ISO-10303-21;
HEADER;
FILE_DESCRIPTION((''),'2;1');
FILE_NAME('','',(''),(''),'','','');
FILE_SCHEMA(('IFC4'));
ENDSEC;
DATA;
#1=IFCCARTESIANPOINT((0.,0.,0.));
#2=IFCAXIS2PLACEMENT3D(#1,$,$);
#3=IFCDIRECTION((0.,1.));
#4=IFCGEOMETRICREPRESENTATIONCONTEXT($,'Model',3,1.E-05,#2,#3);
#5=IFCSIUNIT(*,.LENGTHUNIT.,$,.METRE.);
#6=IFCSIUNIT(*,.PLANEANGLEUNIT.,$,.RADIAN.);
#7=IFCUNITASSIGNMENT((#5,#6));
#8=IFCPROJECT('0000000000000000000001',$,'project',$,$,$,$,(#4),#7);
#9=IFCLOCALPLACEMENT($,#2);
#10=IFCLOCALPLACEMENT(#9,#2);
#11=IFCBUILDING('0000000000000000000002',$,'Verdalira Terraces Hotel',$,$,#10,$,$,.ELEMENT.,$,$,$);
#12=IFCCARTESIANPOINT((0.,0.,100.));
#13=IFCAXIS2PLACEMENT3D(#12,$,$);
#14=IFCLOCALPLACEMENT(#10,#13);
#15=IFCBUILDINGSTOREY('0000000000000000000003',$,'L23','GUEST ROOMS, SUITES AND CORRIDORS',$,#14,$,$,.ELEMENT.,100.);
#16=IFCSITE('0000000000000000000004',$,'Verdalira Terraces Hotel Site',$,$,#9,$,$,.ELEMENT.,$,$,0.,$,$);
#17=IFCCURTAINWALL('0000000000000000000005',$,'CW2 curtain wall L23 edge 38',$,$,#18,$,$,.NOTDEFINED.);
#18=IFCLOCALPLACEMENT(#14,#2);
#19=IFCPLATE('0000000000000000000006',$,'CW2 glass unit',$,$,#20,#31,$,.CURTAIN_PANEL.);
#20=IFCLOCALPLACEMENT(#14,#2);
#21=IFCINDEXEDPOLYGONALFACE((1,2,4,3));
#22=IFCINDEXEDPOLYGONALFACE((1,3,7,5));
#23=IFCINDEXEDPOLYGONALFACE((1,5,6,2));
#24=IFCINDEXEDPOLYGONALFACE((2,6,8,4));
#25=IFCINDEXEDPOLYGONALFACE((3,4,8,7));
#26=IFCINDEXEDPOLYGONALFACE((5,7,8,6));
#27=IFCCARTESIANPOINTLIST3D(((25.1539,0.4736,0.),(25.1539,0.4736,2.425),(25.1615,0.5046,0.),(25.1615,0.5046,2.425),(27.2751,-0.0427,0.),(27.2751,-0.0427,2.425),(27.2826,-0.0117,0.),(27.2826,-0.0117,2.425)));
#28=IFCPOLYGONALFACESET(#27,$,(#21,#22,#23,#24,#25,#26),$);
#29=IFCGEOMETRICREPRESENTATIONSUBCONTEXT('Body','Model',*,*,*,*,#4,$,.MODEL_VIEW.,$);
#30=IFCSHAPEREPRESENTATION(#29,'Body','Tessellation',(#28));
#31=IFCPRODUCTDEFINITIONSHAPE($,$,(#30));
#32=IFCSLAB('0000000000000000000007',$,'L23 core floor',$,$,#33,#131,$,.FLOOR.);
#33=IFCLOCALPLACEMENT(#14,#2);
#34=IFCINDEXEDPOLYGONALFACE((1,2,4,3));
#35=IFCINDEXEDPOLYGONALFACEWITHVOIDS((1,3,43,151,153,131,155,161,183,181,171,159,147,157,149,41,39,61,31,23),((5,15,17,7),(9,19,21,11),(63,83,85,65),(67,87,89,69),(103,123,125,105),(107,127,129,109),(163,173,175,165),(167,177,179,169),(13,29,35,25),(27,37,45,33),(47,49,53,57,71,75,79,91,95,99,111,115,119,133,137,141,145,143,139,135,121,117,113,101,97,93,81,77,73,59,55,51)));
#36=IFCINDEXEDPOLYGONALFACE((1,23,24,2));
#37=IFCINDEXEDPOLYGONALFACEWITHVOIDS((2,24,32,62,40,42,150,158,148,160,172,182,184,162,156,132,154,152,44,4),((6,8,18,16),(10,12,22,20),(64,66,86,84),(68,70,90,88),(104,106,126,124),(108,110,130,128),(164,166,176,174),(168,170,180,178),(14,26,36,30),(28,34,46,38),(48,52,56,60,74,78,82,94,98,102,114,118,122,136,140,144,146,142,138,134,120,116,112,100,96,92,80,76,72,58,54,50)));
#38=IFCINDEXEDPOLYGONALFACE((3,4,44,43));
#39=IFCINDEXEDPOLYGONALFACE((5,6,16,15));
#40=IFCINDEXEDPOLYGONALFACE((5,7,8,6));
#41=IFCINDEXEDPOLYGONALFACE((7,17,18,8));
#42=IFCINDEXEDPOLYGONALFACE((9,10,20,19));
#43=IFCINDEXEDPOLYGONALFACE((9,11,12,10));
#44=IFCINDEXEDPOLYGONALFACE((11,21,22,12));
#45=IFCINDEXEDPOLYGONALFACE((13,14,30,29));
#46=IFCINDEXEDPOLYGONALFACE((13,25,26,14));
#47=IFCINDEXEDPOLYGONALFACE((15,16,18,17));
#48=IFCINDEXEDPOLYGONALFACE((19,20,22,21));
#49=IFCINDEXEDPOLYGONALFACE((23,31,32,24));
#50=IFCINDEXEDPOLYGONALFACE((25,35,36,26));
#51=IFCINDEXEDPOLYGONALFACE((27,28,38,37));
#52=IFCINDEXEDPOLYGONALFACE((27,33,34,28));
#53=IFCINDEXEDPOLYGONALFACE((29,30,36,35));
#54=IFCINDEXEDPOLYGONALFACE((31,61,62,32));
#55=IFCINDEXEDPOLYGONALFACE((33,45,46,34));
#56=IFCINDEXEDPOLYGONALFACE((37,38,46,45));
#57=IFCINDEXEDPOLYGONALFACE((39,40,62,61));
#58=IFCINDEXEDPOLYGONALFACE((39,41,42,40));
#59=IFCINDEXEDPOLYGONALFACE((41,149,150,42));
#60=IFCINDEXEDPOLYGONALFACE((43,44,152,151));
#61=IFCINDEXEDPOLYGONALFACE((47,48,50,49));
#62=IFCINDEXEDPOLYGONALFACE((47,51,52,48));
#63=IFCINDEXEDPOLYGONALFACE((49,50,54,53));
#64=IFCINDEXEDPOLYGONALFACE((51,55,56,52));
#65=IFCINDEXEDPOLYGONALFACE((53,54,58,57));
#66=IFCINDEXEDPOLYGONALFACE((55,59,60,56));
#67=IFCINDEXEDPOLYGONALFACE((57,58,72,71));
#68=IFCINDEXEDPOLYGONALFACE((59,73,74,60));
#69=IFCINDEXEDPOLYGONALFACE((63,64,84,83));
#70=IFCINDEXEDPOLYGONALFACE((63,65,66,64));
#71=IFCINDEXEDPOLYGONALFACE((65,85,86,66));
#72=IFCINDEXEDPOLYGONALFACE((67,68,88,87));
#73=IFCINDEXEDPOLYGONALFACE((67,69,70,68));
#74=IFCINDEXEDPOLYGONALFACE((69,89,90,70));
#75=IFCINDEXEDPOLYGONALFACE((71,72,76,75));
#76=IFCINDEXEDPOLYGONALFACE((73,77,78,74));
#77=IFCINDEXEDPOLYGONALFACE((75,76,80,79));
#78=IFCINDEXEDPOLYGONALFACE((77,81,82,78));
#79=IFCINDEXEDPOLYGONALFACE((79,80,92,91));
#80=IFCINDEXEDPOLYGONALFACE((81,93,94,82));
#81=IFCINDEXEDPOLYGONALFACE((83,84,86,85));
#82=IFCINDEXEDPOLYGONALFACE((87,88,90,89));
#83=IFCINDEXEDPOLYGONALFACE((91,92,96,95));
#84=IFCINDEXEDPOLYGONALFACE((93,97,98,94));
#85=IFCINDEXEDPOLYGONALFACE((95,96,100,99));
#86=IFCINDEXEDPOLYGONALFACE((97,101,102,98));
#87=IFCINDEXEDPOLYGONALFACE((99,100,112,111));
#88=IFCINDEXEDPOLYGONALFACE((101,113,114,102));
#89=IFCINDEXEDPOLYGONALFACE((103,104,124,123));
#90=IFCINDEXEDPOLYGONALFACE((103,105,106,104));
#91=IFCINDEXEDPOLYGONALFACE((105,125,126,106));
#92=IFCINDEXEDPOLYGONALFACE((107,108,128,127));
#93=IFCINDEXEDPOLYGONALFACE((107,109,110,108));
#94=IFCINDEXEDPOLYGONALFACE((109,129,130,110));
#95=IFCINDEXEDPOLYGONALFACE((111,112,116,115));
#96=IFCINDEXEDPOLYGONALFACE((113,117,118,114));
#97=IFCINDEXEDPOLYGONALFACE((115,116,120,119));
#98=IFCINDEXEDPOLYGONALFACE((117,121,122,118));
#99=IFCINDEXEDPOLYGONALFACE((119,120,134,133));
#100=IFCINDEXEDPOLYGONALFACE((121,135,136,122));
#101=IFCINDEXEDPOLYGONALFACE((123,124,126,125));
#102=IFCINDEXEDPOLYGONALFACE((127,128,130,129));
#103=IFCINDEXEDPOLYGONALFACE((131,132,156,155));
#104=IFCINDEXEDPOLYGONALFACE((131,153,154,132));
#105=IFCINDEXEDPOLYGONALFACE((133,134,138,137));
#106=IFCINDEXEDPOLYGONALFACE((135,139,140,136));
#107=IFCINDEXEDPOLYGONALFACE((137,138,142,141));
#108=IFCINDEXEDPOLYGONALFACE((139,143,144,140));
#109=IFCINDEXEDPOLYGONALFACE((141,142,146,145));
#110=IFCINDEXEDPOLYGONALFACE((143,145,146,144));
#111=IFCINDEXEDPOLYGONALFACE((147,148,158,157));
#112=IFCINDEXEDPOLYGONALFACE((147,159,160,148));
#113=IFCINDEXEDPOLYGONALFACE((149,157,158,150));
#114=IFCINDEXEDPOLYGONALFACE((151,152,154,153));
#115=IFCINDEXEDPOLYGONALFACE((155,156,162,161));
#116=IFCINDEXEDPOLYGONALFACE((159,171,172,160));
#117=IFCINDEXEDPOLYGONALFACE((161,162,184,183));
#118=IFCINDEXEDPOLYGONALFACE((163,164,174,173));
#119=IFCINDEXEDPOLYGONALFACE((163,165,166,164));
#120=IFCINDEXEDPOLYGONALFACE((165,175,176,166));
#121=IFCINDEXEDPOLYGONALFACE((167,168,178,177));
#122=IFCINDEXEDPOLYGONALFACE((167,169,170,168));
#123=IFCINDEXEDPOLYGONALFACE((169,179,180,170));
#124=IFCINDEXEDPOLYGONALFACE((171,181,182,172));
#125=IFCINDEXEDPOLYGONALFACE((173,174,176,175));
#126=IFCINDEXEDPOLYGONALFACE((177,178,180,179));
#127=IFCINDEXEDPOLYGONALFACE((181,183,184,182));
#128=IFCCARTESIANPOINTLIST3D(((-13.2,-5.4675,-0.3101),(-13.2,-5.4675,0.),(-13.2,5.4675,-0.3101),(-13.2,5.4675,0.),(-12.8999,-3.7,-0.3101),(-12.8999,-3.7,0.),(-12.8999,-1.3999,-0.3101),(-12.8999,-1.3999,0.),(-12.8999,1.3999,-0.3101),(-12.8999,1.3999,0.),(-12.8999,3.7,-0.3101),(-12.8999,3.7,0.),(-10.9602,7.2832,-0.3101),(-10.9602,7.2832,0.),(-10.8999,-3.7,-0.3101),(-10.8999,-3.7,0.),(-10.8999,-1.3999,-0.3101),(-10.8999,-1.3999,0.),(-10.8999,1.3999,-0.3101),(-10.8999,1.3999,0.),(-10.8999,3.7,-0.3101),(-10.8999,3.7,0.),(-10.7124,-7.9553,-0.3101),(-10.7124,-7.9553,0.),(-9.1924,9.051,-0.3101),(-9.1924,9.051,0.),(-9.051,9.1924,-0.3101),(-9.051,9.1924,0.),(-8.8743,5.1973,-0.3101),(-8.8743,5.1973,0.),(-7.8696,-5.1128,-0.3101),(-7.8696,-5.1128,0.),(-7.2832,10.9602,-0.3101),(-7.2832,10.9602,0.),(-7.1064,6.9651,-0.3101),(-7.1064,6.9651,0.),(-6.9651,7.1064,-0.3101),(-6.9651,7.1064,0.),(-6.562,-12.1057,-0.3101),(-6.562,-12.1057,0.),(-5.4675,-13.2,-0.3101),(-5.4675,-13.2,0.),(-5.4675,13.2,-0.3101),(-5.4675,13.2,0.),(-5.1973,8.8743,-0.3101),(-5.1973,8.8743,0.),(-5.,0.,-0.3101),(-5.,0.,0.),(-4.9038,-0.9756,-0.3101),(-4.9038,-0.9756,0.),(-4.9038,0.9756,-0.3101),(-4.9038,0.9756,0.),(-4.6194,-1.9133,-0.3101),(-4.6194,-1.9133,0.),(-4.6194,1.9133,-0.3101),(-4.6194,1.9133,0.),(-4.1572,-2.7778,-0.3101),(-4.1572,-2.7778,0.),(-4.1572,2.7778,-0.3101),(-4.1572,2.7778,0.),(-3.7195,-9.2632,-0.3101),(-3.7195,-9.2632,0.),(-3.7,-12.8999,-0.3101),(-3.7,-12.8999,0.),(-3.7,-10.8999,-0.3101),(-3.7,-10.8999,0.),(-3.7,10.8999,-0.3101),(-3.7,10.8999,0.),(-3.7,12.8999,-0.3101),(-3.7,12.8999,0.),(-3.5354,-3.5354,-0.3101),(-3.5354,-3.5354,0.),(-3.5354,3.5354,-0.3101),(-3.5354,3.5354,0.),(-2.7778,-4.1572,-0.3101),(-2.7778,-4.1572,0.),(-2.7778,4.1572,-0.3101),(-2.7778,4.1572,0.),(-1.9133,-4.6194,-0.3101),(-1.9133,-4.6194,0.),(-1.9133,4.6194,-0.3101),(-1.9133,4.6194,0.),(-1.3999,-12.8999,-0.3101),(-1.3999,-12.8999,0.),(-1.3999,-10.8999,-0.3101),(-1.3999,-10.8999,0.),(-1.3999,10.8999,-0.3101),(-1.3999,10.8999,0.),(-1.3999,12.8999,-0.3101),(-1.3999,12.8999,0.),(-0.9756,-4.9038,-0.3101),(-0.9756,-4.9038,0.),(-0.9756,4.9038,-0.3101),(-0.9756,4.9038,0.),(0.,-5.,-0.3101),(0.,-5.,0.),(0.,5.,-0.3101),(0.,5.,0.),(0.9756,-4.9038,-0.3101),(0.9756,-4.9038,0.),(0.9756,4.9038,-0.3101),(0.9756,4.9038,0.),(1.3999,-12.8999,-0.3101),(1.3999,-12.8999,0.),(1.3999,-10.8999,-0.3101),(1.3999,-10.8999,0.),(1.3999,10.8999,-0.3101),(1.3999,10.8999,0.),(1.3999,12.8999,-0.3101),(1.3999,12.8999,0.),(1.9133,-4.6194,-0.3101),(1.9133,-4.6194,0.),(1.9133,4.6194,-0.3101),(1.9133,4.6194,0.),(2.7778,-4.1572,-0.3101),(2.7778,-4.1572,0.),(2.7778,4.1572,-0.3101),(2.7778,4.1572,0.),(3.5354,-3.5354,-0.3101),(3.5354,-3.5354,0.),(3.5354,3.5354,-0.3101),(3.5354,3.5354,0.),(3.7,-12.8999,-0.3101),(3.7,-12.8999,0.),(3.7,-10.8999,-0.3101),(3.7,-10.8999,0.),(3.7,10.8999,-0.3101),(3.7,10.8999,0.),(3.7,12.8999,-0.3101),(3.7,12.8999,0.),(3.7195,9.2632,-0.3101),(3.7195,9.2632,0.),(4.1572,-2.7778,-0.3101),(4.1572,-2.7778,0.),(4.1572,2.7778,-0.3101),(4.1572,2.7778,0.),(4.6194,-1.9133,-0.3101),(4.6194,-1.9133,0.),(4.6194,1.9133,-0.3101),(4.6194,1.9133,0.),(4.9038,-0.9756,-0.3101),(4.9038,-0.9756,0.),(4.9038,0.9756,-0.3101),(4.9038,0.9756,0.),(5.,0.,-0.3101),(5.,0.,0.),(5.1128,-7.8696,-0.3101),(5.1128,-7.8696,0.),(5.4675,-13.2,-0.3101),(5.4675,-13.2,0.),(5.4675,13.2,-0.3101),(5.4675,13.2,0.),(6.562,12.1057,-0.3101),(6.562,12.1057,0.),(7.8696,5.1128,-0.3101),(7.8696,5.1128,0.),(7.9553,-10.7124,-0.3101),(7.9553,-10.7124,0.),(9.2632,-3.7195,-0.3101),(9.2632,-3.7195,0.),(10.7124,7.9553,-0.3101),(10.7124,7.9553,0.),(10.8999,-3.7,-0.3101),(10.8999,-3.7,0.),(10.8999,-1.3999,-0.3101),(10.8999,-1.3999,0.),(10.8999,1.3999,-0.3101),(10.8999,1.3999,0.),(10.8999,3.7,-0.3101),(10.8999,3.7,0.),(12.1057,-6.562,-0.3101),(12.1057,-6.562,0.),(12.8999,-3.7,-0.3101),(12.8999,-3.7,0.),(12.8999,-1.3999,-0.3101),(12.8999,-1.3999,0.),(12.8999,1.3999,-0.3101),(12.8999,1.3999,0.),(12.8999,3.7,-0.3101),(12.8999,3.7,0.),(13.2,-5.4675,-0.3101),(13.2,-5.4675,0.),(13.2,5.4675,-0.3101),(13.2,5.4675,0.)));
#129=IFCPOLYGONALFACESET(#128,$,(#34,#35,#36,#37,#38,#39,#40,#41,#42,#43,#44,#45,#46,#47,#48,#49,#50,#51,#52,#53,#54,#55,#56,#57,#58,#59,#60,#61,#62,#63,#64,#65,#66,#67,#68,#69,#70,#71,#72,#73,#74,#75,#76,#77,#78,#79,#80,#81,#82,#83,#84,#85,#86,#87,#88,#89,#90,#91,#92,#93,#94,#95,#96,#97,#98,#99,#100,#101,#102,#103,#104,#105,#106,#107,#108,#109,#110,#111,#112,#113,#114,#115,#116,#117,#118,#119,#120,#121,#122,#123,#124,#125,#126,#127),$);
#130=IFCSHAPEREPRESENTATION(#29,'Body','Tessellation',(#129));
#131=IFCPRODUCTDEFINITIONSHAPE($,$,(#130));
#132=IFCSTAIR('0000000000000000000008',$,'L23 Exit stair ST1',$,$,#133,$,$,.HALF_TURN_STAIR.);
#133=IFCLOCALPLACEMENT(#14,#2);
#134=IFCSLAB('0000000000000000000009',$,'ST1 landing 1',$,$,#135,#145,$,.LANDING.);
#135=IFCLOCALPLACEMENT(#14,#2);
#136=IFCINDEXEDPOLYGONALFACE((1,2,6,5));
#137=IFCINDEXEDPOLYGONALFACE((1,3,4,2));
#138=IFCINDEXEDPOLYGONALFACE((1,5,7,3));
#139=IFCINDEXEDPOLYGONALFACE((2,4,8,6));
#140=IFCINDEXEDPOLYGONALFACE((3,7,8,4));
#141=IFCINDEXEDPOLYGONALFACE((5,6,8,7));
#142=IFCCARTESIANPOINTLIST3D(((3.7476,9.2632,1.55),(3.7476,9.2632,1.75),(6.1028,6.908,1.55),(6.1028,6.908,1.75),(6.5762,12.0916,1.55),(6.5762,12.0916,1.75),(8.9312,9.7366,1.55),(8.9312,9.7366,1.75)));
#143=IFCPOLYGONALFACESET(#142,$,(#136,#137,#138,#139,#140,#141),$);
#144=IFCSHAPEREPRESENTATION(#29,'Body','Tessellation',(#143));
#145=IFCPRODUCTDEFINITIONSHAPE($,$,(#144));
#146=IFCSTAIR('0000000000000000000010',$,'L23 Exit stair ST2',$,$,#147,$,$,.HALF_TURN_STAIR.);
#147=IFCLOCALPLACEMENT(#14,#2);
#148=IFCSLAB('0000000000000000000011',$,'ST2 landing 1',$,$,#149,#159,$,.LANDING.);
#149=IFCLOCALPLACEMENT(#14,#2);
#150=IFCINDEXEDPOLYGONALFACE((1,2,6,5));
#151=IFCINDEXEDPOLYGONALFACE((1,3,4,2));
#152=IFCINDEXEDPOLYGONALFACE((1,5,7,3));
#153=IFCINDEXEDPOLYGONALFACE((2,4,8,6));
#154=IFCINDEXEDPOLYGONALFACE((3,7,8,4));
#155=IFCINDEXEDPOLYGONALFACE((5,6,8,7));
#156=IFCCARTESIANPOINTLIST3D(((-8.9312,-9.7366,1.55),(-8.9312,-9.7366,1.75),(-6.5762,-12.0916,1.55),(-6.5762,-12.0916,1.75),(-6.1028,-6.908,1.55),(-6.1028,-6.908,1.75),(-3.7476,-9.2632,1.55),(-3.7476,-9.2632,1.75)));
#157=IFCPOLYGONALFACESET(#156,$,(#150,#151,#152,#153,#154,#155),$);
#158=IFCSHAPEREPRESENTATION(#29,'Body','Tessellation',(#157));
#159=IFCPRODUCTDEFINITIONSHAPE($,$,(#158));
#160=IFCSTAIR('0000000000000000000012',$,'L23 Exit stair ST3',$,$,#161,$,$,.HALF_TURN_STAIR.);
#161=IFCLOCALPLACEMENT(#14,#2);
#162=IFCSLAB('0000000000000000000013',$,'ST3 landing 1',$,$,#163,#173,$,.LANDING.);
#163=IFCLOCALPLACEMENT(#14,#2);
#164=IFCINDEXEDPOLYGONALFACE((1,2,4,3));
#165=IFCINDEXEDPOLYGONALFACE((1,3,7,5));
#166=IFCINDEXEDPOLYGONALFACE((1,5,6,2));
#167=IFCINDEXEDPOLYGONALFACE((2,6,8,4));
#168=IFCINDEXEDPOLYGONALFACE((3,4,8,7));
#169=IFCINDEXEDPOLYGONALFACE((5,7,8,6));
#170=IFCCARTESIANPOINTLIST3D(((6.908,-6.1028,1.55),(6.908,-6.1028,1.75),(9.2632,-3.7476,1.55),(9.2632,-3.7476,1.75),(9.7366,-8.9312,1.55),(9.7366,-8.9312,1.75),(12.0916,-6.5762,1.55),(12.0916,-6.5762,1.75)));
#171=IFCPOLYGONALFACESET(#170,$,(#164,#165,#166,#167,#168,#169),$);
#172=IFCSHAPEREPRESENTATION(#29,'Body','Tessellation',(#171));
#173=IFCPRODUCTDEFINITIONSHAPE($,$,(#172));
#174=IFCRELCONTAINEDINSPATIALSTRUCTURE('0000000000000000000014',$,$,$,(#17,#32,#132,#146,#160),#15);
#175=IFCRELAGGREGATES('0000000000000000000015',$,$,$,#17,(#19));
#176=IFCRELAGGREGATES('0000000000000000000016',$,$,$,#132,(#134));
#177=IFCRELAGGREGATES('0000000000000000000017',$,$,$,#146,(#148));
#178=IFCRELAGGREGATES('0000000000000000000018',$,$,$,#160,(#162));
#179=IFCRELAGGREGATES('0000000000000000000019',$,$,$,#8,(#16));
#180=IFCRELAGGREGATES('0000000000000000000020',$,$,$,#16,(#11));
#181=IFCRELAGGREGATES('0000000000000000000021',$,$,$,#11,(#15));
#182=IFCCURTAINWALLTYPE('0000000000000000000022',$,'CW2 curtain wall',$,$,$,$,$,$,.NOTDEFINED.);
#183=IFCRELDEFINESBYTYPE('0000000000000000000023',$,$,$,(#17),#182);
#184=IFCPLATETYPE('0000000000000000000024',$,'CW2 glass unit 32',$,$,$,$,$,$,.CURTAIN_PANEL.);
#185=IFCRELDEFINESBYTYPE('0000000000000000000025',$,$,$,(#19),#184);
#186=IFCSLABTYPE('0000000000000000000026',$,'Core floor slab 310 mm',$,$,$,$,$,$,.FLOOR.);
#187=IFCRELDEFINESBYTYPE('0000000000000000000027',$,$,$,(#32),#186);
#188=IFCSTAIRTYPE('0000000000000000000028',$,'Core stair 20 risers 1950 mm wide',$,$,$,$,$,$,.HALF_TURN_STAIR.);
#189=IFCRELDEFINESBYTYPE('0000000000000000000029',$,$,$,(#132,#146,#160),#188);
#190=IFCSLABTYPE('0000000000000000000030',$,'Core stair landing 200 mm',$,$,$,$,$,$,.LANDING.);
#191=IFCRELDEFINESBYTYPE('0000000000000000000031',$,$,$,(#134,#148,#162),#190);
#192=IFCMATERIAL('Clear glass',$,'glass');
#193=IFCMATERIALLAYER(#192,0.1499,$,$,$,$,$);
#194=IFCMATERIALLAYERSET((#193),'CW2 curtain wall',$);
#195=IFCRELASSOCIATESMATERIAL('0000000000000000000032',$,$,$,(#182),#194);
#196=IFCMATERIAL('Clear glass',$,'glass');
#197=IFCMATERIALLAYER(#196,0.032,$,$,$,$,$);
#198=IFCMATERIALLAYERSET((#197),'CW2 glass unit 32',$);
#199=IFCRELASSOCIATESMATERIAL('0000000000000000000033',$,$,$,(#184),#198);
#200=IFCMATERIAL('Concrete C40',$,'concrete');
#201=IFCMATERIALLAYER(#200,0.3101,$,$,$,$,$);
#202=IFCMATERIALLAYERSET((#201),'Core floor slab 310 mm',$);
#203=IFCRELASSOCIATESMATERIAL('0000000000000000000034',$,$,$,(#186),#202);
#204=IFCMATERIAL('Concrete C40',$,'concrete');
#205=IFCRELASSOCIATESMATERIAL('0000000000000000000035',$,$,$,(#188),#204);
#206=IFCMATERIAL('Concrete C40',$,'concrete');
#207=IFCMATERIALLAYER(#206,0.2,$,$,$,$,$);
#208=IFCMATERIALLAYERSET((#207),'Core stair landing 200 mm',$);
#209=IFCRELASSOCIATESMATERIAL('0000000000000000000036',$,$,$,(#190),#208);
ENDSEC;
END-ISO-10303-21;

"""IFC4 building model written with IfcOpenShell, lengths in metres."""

from ifc_helpers import new_model, si_unit, direction, frame, origin, origin_2d, place, context, subcontext, project, spatial, polyline, rectangle, outline, extrude, material, layer, layer_set, type_object, element, aggregate, save


model = new_model("IFC4")

# Units and contexts
model_context = context("Model", 3, precision=1e-05, world=origin(), true_north=direction((0.0, 1.0)))
body_context = subcontext(model_context, "Body", "Model", "MODEL_VIEW")
ifc_project = project(units=[si_unit("LENGTHUNIT", "METRE"), si_unit("PLANEANGLEUNIT", "RADIAN")], contexts=[model_context])

# Site, building, storey
site_placement = place(None, origin())
site = spatial("IfcSite", under=ifc_project, at=site_placement, Name="Verdalira Terraces Hotel Site", CompositionType="ELEMENT", RefElevation=0.0)
building_placement = place(site_placement, origin())
building = spatial("IfcBuilding", under=site, at=building_placement, Name="Verdalira Terraces Hotel", CompositionType="ELEMENT")
storey_placement = place(building_placement, frame((0.0, 0.0, 100.0)))
storey = spatial("IfcBuildingStorey", under=building, at=storey_placement, Name="L23", Description="GUEST ROOMS, SUITES AND CORRIDORS", CompositionType="ELEMENT", Elevation=100.0)

# Curtain wall
ifc_material_1 = material(Name="Clear glass", Category="glass")
ifc_layer_1 = layer(ifc_material_1, 0.1499)
ifc_layer_set_1 = layer_set([ifc_layer_1], Name="CW2 curtain wall")
curtain_wall_type_1 = type_object("IfcCurtainWallType", Name="CW2 curtain wall", PredefinedType="NOTDEFINED", material=ifc_layer_set_1)
curtain_wall_1_placement = place(storey_placement, origin())
curtain_wall_1 = element("IfcCurtainWall", 1, at=curtain_wall_1_placement, inside=storey, type_object=curtain_wall_type_1, Name="CW2 curtain wall L23 edge 38", PredefinedType="NOTDEFINED")

# Plate
ifc_material_2 = material(Name="Clear glass", Category="glass")
ifc_layer_2 = layer(ifc_material_2, 0.032)
ifc_layer_set_2 = layer_set([ifc_layer_2], Name="CW2 glass unit 32")
plate_type_1 = type_object("IfcPlateType", Name="CW2 glass unit 32", PredefinedType="CURTAIN_PANEL", material=ifc_layer_set_2)
plate_1_placement = place(storey_placement, frame((26.2183, 0.231, 0.0), z_axis=(0.0, 0.0, 1.0), x_axis=(-0.971632, 0.236499, 0.0)))
plate_1 = element("IfcPlate", 2, at=plate_1_placement, type_object=plate_type_1, Name="CW2 glass unit", PredefinedType="CURTAIN_PANEL", context=body_context, shape_type="SweptSolid", body=[
    extrude(rectangle(XDim=2.1831, YDim=0.032, at=origin_2d()), origin(), (0.0, 0.0, 1.0), 2.425),
])
aggregate(curtain_wall_1, [plate_1])

# Slab
ifc_material_3 = material(Name="Concrete C40", Category="concrete")
ifc_layer_3 = layer(ifc_material_3, 0.3101)
ifc_layer_set_3 = layer_set([ifc_layer_3], Name="Core floor slab 310 mm")
slab_type_1 = type_object("IfcSlabType", Name="Core floor slab 310 mm", PredefinedType="FLOOR", material=ifc_layer_set_3)
slab_1_placement = place(storey_placement, frame((0.0, 0.0, -0.3101)))
element("IfcSlab", 3, at=slab_1_placement, inside=storey, type_object=slab_type_1, Name="L23 core floor", PredefinedType="FLOOR", context=body_context, shape_type="SweptSolid", body=[
    extrude(outline(polyline([(-5.4675, 13.2), (5.4675, 13.2), (6.562, 12.1057), (3.7195, 9.2632), (7.8696, 5.1128), (10.7124, 7.9553), (13.2, 5.4675), (13.2, -5.4675), (12.1057, -6.562), (9.2632, -3.7195), (5.1128, -7.8696), (7.9553, -10.7124), (5.4675, -13.2), (-5.4675, -13.2), (-6.562, -12.1057), (-3.7195, -9.2632), (-7.8696, -5.1128), (-10.7124, -7.9553), (-13.2, -5.4675), (-13.2, 5.4675), (-5.4675, 13.2)]), holes=[polyline([(12.8999, -3.7), (12.8999, -1.3999), (10.8999, -1.3999), (10.8999, -3.7), (12.8999, -3.7)]), polyline([(12.8999, 1.3999), (12.8999, 3.7), (10.8999, 3.7), (10.8999, 1.3999), (12.8999, 1.3999)]), polyline([(1.3999, 10.8999), (3.7, 10.8999), (3.7, 12.8999), (1.3999, 12.8999), (1.3999, 10.8999)]), polyline([(-3.7, 10.8999), (-1.3999, 10.8999), (-1.3999, 12.8999), (-3.7, 12.8999), (-3.7, 10.8999)]), polyline([(-12.8999, 3.7), (-12.8999, 1.3999), (-10.8999, 1.3999), (-10.8999, 3.7), (-12.8999, 3.7)]), polyline([(-12.8999, -1.3999), (-12.8999, -3.7), (-10.8999, -3.7), (-10.8999, -1.3999), (-12.8999, -1.3999)]), polyline([(-1.3999, -10.8999), (-3.7, -10.8999), (-3.7, -12.8999), (-1.3999, -12.8999), (-1.3999, -10.8999)]), polyline([(3.7, -10.8999), (1.3999, -10.8999), (1.3999, -12.8999), (3.7, -12.8999), (3.7, -10.8999)]), polyline([(-9.051, 9.1924), (-6.9651, 7.1064), (-5.1973, 8.8743), (-7.2832, 10.9602), (-9.051, 9.1924)]), polyline([(-9.1924, 9.051), (-10.9602, 7.2832), (-8.8743, 5.1973), (-7.1064, 6.9651), (-9.1924, 9.051)]), polyline([(3.5354, 3.5354), (2.7778, 4.1572), (1.9133, 4.6194), (0.9756, 4.9038), (0.0, 5.0), (-0.9756, 4.9038), (-1.9133, 4.6194), (-2.7778, 4.1572), (-3.5354, 3.5354), (-4.1572, 2.7778), (-4.6194, 1.9133), (-4.9038, 0.9756), (-5.0, 0.0), (-4.9038, -0.9756), (-4.6194, -1.9133), (-4.1572, -2.7778), (-3.5354, -3.5354), (-2.7778, -4.1572), (-1.9133, -4.6194), (-0.9756, -4.9038), (0.0, -5.0), (0.9756, -4.9038), (1.9133, -4.6194), (2.7778, -4.1572), (3.5354, -3.5354), (4.1572, -2.7778), (4.6194, -1.9133), (4.9038, -0.9756), (5.0, 0.0), (4.9038, 0.9756), (4.6194, 1.9133), (4.1572, 2.7778), (3.5354, 3.5354)])]), origin(), (0.0, 0.0, 1.0), 0.3101),
])

# Stairs, slabs
ifc_material_4 = material(Name="Concrete C40", Category="concrete")
stair_type = type_object("IfcStairType", Name="Core stair 20 risers 1950 mm wide", PredefinedType="HALF_TURN_STAIR", material=ifc_material_4)
stair_1_placement = place(storey_placement, origin())
stair_1 = element("IfcStair", 4, at=stair_1_placement, inside=storey, type_object=stair_type, Name="L23 Exit stair ST1", PredefinedType="HALF_TURN_STAIR")
ifc_material_5 = material(Name="Concrete C40", Category="concrete")
ifc_layer_4 = layer(ifc_material_5, 0.2)
ifc_layer_set_4 = layer_set([ifc_layer_4], Name="Core stair landing 200 mm")
slab_type_2 = type_object("IfcSlabType", Name="Core stair landing 200 mm", PredefinedType="LANDING", material=ifc_layer_set_4)
slab_2_placement = place(storey_placement, frame((0.0, 0.0, 1.55)))
slab_2 = element("IfcSlab", 5, at=slab_2_placement, type_object=slab_type_2, Name="ST1 landing 1", PredefinedType="LANDING", context=body_context, shape_type="SweptSolid", body=[
    extrude(outline(polyline([(8.9312, 9.7366), (6.5762, 12.0916), (3.7476, 9.2632), (6.1028, 6.908), (8.9312, 9.7366)])), origin(), (0.0, 0.0, 1.0), 0.2),
])
aggregate(stair_1, [slab_2])
stair_2_placement = place(storey_placement, origin())
stair_2 = element("IfcStair", 6, at=stair_2_placement, inside=storey, type_object=stair_type, Name="L23 Exit stair ST2", PredefinedType="HALF_TURN_STAIR")
slab_3_placement = place(storey_placement, frame((0.0, 0.0, 1.55)))
slab_3 = element("IfcSlab", 7, at=slab_3_placement, type_object=slab_type_2, Name="ST2 landing 1", PredefinedType="LANDING", context=body_context, shape_type="SweptSolid", body=[
    extrude(outline(polyline([(-8.9312, -9.7366), (-6.5762, -12.0916), (-3.7476, -9.2632), (-6.1028, -6.908), (-8.9312, -9.7366)])), origin(), (0.0, 0.0, 1.0), 0.2),
])
aggregate(stair_2, [slab_3])
stair_3_placement = place(storey_placement, origin())
stair_3 = element("IfcStair", 8, at=stair_3_placement, inside=storey, type_object=stair_type, Name="L23 Exit stair ST3", PredefinedType="HALF_TURN_STAIR")
slab_4_placement = place(storey_placement, frame((0.0, 0.0, 1.55)))
slab_4 = element("IfcSlab", 9, at=slab_4_placement, type_object=slab_type_2, Name="ST3 landing 1", PredefinedType="LANDING", context=body_context, shape_type="SweptSolid", body=[
    extrude(outline(polyline([(9.7366, -8.9312), (12.0916, -6.5762), (9.2632, -3.7476), (6.908, -6.1028), (9.7366, -8.9312)])), origin(), (0.0, 0.0, 1.0), 0.2),
])
aggregate(stair_3, [slab_4])

save(model, "model.ifc")
